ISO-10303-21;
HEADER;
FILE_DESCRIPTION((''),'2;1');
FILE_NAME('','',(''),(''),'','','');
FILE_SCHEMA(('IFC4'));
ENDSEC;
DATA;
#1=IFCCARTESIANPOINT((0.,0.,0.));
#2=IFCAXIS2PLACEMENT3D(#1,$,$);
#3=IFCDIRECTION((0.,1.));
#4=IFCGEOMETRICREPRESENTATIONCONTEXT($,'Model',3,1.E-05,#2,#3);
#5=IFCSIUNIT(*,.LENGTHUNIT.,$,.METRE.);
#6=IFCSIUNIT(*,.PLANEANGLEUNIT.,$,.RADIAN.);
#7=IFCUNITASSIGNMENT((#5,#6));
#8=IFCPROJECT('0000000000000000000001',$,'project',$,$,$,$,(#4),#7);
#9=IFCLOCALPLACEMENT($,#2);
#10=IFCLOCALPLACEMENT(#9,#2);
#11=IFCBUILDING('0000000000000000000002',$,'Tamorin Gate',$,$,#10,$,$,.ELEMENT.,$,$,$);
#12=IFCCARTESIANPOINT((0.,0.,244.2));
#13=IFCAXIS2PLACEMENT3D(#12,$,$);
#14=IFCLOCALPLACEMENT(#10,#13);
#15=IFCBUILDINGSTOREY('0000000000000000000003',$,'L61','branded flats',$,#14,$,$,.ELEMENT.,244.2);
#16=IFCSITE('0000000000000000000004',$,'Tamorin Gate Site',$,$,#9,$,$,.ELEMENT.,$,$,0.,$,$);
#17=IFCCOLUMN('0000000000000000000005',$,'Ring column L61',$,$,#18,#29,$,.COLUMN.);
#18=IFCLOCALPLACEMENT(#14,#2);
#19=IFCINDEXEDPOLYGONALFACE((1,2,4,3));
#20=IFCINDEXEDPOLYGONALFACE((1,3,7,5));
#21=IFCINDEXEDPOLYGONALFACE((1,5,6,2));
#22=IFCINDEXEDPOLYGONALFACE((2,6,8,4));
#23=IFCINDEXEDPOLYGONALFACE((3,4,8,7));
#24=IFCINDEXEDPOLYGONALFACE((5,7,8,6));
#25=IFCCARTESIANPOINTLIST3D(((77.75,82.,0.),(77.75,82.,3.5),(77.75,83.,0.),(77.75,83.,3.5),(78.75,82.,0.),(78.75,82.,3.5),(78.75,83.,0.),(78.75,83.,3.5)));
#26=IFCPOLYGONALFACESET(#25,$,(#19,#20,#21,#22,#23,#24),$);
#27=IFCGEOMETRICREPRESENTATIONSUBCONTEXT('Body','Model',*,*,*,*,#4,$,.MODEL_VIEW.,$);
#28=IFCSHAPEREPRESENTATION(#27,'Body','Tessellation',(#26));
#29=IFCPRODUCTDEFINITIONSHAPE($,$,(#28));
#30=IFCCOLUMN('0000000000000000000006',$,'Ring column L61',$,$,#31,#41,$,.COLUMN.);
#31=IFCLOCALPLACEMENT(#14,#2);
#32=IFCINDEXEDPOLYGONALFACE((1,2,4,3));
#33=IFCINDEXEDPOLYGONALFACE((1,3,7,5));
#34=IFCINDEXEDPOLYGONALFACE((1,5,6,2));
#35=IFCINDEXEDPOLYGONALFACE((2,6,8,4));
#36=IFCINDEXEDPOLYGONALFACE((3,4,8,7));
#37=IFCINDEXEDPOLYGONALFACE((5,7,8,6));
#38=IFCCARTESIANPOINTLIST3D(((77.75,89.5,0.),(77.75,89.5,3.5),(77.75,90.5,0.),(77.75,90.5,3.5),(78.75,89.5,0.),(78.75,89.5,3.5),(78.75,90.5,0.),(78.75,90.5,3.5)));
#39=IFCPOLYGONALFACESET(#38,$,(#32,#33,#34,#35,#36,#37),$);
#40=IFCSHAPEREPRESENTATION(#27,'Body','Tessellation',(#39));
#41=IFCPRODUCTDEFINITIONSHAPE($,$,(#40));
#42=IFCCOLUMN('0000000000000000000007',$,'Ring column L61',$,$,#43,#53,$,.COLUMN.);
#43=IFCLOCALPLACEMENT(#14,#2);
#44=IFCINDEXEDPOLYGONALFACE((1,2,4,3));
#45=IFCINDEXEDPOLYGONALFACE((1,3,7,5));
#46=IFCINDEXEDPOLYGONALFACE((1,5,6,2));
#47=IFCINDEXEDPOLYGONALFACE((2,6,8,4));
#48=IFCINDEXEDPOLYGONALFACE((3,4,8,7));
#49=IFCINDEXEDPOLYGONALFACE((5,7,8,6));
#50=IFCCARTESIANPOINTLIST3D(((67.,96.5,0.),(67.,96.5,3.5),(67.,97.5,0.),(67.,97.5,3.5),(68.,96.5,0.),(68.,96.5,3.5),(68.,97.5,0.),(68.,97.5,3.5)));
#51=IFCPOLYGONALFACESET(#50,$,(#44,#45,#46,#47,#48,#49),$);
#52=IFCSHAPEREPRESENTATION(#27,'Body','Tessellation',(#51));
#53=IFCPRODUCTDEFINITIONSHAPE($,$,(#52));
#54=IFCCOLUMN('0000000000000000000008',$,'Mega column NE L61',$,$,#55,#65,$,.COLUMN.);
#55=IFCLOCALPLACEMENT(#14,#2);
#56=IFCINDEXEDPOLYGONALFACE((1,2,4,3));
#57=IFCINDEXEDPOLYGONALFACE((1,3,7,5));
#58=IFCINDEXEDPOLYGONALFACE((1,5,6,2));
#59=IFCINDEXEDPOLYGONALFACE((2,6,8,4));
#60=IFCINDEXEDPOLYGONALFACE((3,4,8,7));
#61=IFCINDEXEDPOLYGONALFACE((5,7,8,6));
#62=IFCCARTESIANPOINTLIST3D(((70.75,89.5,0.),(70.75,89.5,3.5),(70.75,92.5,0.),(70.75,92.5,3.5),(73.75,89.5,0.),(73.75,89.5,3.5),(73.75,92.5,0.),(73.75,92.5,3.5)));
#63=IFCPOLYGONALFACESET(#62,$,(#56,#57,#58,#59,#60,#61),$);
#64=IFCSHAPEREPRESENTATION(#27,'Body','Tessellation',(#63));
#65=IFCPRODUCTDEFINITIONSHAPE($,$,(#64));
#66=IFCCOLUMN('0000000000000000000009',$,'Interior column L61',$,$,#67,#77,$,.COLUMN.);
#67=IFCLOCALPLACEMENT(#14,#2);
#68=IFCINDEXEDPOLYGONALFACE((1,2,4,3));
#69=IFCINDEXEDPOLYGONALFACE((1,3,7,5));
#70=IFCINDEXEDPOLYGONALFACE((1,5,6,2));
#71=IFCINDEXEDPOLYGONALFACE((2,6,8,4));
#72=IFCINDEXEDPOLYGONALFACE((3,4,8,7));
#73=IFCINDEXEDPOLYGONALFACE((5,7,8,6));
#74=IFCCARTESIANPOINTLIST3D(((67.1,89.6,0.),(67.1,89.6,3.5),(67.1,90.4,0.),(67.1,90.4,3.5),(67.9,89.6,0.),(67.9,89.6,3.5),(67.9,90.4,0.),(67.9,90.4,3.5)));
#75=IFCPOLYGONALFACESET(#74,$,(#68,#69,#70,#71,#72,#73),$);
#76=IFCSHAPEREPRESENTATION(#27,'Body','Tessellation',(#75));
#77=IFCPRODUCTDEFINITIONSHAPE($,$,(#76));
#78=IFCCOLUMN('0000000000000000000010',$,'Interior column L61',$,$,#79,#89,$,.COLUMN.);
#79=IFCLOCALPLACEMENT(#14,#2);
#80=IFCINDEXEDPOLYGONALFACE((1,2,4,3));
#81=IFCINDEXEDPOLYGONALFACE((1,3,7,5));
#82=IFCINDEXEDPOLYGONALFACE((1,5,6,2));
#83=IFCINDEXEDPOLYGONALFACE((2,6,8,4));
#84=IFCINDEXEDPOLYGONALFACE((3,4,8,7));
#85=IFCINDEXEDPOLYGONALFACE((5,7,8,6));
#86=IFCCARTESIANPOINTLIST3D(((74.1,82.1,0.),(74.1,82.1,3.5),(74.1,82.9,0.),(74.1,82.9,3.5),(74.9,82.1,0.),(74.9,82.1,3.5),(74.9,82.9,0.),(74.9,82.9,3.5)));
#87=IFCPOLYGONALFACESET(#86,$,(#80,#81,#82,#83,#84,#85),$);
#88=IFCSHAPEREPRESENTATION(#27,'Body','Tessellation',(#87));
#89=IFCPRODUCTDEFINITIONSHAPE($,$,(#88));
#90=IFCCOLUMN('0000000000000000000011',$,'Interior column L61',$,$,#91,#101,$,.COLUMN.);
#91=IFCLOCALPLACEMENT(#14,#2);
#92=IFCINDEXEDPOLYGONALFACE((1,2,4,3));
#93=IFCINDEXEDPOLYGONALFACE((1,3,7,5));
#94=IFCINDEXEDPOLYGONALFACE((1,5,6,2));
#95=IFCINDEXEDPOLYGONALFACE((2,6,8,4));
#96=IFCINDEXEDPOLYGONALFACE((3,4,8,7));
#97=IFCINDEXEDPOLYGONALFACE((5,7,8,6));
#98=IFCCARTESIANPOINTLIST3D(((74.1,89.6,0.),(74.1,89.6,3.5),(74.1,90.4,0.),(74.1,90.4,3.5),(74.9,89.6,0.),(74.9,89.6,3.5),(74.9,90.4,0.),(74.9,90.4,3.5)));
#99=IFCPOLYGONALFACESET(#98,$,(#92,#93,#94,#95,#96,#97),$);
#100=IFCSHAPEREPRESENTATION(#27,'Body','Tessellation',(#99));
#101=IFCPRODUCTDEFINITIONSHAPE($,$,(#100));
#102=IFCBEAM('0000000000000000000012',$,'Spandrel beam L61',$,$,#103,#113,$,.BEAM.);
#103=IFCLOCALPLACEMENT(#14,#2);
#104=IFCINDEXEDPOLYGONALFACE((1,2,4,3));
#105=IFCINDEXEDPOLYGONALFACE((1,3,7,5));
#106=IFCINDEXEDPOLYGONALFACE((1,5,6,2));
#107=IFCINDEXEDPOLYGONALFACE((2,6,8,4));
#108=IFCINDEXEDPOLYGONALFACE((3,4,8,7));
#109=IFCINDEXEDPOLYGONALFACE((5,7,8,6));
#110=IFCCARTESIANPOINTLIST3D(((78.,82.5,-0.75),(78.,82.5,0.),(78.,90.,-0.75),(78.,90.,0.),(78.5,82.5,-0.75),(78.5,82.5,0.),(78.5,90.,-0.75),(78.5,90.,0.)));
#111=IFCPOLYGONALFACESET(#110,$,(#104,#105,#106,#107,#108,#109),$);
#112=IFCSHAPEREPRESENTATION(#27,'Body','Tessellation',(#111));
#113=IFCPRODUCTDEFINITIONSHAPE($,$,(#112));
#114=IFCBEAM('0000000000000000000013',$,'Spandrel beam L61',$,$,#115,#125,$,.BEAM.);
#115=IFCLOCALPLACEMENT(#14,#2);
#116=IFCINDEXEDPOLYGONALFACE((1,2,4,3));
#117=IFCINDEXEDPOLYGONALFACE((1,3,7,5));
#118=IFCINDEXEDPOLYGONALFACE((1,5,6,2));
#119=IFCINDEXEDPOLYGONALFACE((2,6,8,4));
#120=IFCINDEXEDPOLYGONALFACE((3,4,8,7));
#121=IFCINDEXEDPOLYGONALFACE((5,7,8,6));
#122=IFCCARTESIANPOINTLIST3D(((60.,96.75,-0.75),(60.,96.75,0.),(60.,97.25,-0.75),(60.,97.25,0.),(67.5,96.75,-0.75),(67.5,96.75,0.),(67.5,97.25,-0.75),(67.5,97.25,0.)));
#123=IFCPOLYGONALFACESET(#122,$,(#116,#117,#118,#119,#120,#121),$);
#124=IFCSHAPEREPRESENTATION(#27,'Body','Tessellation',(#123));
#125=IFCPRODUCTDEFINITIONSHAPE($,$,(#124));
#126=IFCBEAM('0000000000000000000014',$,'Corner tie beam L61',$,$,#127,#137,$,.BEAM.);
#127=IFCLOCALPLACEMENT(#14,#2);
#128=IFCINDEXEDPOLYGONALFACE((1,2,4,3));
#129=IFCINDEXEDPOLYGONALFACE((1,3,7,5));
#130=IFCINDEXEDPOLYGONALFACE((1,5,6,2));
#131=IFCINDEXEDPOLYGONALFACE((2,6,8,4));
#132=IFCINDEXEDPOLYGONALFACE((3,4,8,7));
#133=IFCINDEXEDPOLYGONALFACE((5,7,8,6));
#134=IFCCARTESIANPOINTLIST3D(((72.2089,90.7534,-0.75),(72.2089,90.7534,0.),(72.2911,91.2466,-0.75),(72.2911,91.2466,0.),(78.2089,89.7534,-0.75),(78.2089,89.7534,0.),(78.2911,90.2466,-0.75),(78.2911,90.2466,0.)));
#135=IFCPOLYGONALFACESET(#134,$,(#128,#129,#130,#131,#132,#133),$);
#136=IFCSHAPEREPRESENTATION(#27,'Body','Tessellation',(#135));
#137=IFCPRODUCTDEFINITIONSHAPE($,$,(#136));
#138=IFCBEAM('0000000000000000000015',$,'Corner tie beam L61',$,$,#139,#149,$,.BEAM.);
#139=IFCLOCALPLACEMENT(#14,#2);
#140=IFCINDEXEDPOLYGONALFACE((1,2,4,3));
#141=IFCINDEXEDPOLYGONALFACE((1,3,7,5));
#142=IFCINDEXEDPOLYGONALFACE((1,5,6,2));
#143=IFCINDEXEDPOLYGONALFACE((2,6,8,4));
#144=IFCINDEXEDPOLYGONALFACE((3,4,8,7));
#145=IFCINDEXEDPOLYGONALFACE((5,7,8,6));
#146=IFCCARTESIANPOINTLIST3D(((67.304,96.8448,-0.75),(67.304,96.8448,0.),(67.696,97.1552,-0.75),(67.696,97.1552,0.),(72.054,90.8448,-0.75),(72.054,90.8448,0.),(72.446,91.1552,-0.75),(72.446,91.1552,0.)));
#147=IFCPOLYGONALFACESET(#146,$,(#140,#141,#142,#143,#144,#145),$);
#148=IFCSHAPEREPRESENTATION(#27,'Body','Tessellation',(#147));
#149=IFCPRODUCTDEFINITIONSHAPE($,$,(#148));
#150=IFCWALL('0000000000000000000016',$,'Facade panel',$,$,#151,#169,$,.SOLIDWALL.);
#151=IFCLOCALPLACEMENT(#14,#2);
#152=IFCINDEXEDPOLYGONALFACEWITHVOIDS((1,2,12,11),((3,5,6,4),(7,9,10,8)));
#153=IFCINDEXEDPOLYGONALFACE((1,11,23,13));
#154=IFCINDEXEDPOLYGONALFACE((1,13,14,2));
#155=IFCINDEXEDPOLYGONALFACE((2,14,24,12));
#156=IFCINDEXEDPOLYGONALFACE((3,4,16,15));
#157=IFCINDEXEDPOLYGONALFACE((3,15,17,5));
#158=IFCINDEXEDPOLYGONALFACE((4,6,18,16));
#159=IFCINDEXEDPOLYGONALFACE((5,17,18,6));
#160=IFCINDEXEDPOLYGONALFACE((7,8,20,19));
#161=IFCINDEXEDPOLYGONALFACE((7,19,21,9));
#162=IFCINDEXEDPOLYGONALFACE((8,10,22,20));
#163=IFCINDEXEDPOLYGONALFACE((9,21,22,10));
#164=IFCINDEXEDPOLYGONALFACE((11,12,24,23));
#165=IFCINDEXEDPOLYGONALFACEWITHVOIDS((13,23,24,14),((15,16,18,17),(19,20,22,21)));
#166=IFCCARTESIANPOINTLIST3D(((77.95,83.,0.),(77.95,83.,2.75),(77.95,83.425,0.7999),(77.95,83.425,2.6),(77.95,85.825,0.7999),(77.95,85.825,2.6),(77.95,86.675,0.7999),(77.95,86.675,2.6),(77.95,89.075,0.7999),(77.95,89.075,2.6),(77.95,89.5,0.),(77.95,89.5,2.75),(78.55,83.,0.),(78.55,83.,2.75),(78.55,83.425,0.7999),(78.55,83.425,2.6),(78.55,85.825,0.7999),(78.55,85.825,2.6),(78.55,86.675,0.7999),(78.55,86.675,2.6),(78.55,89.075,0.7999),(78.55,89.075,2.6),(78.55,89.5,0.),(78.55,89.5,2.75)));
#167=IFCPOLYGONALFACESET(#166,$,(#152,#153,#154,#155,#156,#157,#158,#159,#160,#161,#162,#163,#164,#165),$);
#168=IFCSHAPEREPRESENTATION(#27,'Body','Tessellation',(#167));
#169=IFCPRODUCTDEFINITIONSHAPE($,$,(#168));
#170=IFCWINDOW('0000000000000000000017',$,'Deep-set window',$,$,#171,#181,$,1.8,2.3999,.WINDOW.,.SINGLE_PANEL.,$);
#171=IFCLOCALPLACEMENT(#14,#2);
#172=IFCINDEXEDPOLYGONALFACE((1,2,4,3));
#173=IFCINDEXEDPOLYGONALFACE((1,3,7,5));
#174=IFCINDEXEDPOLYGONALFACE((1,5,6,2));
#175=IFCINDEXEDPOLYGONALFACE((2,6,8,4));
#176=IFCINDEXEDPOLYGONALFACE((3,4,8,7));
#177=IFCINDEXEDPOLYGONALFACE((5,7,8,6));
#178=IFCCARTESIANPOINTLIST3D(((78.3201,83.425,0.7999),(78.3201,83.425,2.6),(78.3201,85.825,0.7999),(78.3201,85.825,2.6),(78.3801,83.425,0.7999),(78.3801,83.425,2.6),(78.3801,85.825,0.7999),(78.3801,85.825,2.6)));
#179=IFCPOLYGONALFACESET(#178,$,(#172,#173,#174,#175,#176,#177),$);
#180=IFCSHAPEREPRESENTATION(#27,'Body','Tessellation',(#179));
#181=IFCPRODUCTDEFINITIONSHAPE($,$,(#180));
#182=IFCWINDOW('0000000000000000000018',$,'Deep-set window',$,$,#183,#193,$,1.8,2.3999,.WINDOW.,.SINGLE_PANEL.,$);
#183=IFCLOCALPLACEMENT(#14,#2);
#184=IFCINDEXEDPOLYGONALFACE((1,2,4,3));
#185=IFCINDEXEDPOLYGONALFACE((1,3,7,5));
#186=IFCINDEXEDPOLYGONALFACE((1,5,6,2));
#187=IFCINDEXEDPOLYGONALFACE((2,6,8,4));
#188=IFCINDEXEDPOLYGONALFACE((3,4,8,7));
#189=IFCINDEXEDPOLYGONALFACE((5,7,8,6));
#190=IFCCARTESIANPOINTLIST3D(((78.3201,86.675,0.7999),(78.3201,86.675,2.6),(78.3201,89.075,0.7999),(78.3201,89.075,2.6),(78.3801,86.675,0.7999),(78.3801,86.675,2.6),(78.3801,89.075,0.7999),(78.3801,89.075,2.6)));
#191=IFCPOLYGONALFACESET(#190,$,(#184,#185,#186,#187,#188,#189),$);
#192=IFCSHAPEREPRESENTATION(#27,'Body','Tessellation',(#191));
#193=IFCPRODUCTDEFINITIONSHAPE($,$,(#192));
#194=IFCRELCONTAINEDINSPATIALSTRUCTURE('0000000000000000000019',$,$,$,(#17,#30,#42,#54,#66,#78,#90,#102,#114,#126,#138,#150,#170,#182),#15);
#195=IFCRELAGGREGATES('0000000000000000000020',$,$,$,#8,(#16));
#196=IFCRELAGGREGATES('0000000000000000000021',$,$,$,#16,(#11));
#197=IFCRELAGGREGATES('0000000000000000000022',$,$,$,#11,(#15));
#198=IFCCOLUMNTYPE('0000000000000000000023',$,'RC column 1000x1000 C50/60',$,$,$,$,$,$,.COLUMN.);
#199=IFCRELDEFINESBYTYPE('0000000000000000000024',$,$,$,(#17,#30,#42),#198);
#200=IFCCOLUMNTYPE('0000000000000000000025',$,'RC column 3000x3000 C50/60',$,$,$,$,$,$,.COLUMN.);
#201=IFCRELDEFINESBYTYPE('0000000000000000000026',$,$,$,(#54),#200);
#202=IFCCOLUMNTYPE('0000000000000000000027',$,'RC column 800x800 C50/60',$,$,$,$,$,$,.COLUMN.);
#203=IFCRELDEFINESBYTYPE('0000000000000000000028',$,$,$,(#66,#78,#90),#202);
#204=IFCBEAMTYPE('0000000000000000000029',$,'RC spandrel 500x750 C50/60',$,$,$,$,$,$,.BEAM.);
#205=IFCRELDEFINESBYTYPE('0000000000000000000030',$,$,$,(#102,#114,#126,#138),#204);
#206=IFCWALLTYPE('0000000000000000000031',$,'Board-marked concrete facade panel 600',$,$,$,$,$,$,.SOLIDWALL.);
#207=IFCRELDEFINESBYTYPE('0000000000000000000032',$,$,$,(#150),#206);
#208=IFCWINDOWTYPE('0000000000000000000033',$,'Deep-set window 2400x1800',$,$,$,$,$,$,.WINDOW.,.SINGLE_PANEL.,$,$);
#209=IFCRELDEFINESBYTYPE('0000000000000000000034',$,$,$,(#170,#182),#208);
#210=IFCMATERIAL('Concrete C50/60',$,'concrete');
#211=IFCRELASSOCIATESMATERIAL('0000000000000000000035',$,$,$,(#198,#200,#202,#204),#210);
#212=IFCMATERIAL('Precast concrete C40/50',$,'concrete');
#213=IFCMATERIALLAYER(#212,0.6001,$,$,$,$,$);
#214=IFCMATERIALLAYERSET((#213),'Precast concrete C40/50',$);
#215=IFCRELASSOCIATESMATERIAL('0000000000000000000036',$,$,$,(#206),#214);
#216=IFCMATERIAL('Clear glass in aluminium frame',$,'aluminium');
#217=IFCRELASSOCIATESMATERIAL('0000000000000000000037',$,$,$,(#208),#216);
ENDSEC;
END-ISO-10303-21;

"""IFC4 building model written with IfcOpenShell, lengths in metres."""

from ifc_helpers import new_model, si_unit, direction, frame, frame_2d, origin, origin_2d, place, context, subcontext, project, spatial, rectangle, extrude, material, layer, layer_set, material_profile, profile_set, type_object, element, fill, save


model = new_model("IFC4")

# Units and contexts
model_context = context("Model", 3, precision=1e-05, world=origin(), true_north=direction((0.0, 1.0)))
body_context = subcontext(model_context, "Body", "Model", "MODEL_VIEW")
ifc_project = project(units=[si_unit("LENGTHUNIT", "METRE"), si_unit("PLANEANGLEUNIT", "RADIAN")], contexts=[model_context])

# Site, building, storey
site_placement = place(None, origin())
site = spatial("IfcSite", under=ifc_project, at=site_placement, Name="Tamorin Gate Site", CompositionType="ELEMENT", RefElevation=0.0)
building_placement = place(site_placement, origin())
building = spatial("IfcBuilding", under=site, at=building_placement, Name="Tamorin Gate", CompositionType="ELEMENT")
storey_placement = place(building_placement, frame((0.0, 0.0, 244.2)))
storey = spatial("IfcBuildingStorey", under=building, at=storey_placement, Name="L61", Description="branded flats", CompositionType="ELEMENT", Elevation=244.2)

# Columns
ifc_material_1 = material(Name="Concrete C50/60", Category="concrete")
ifc_material_profile_1 = material_profile(ifc_material_1, rectangle(XDim=1.0, YDim=1.0, at=origin_2d()), Name="RC 1000x1000")
ifc_profile_set_1 = profile_set([ifc_material_profile_1], Name="Concrete C50/60")
column_type_1 = type_object("IfcColumnType", Name="RC column 1000x1000 C50/60", PredefinedType="COLUMN", material=ifc_profile_set_1)
for number, where, z_axis, x_axis, name in (
    (1, (78.25, 82.5, 0.0), (0.0, 0.0, 1.0), (1.0, 0.0, 0.0), "Ring column L61"),
    (2, (78.25, 90.0, 0.0), (0.0, 0.0, 1.0), (1.0, 0.0, 0.0), "Ring column L61"),
    (3, (67.5, 97.0, 0.0), (0.0, 0.0, 1.0), (1.0, 0.0, 0.0), "Ring column L61"),
):
    element("IfcColumn", number, at=place(storey_placement, frame(where, z_axis=z_axis, x_axis=x_axis)), inside=storey, type_object=column_type_1, Name=name, PredefinedType="COLUMN", context=body_context, shape_type="SweptSolid", body=[
        extrude(rectangle(XDim=1.0, YDim=1.0, at=origin_2d()), origin(), (0.0, 0.0, 1.0), 3.5),
    ])
ifc_material_profile_2 = material_profile(ifc_material_1, rectangle(XDim=3.0, YDim=3.0, at=origin_2d()), Name="RC 3000x3000")
ifc_profile_set_2 = profile_set([ifc_material_profile_2], Name="Concrete C50/60")
column_type_2 = type_object("IfcColumnType", Name="RC column 3000x3000 C50/60", PredefinedType="COLUMN", material=ifc_profile_set_2)
column_placement = place(storey_placement, frame((72.25, 91.0, 0.0), z_axis=(0.0, 0.0, 1.0), x_axis=(1.0, 0.0, 0.0)))
element("IfcColumn", 4, at=column_placement, inside=storey, type_object=column_type_2, Name="Mega column NE L61", PredefinedType="COLUMN", context=body_context, shape_type="SweptSolid", body=[
    extrude(rectangle(XDim=3.0, YDim=3.0, at=origin_2d()), origin(), (0.0, 0.0, 1.0), 3.5),
])
ifc_material_profile_3 = material_profile(ifc_material_1, rectangle(XDim=0.8, YDim=0.8, at=origin_2d()), Name="RC 800x800")
ifc_profile_set_3 = profile_set([ifc_material_profile_3], Name="Concrete C50/60")
column_type_3 = type_object("IfcColumnType", Name="RC column 800x800 C50/60", PredefinedType="COLUMN", material=ifc_profile_set_3)
for number, where, z_axis, x_axis, name in (
    (5, (67.5, 90.0, 0.0), (0.0, 0.0, 1.0), (1.0, 0.0, 0.0), "Interior column L61"),
    (6, (74.5, 82.5, 0.0), (0.0, 0.0, 1.0), (1.0, 0.0, 0.0), "Interior column L61"),
    (7, (74.5, 90.0, 0.0), (0.0, 0.0, 1.0), (1.0, 0.0, 0.0), "Interior column L61"),
):
    element("IfcColumn", number, at=place(storey_placement, frame(where, z_axis=z_axis, x_axis=x_axis)), inside=storey, type_object=column_type_3, Name=name, PredefinedType="COLUMN", context=body_context, shape_type="SweptSolid", body=[
        extrude(rectangle(XDim=0.8, YDim=0.8, at=origin_2d()), origin(), (0.0, 0.0, 1.0), 3.5),
    ])

# Beams
ifc_material_profile_4 = material_profile(ifc_material_1, rectangle(XDim=0.5, YDim=0.75, at=origin_2d()), Name="RC 500x750")
ifc_profile_set_4 = profile_set([ifc_material_profile_4], Name="Concrete C50/60")
beam_type = type_object("IfcBeamType", Name="RC spandrel 500x750 C50/60", PredefinedType="BEAM", material=ifc_profile_set_4)
for number, where, z_axis, x_axis, name in (
    (8, (78.25, 82.5, -0.375), (0.0, 1.0, 0.0), (-1.0, 0.0, 0.0), "Spandrel beam L61"),
    (9, (67.5, 97.0, -0.375), (-1.0, 0.0, 0.0), (0.0, -1.0, 0.0), "Spandrel beam L61"),
):
    element("IfcBeam", number, at=place(storey_placement, frame(where, z_axis=z_axis, x_axis=x_axis)), inside=storey, type_object=beam_type, Name=name, PredefinedType="BEAM", context=body_context, shape_type="SweptSolid", body=[
        extrude(rectangle(XDim=0.5, YDim=0.75, at=origin_2d()), origin(), (0.0, 0.0, 1.0), 7.5),
    ])
beam_1_placement = place(storey_placement, frame((72.25, 91.0, -0.375), z_axis=(0.986394, -0.164399, 0.0), x_axis=(0.164399, 0.986394, 0.0)))
element("IfcBeam", 10, at=beam_1_placement, inside=storey, type_object=beam_type, Name="Corner tie beam L61", PredefinedType="BEAM", context=body_context, shape_type="SweptSolid", body=[
    extrude(rectangle(XDim=0.5, YDim=0.75, at=origin_2d()), origin(), (0.0, 0.0, 1.0), 6.0828),
])
beam_2_placement = place(storey_placement, frame((72.25, 91.0, -0.375), z_axis=(-0.620703, 0.784046, 0.0), x_axis=(-0.784046, -0.620703, 0.0)))
element("IfcBeam", 11, at=beam_2_placement, inside=storey, type_object=beam_type, Name="Corner tie beam L61", PredefinedType="BEAM", context=body_context, shape_type="SweptSolid", body=[
    extrude(rectangle(XDim=0.5, YDim=0.75, at=origin_2d()), origin(), (0.0, 0.0, 1.0), 7.6526),
])

# Wall, openings, windows
ifc_material_2 = material(Name="Precast concrete C40/50", Category="concrete")
ifc_layer = layer(ifc_material_2, 0.6001)
ifc_layer_set = layer_set([ifc_layer], Name="Precast concrete C40/50")
wall_type = type_object("IfcWallType", Name="Board-marked concrete facade panel 600", PredefinedType="SOLIDWALL", material=ifc_layer_set)
wall_1_placement = place(storey_placement, frame((78.25, 83.0, 0.0), z_axis=(0.0, 0.0, 1.0), x_axis=(0.0, 1.0, 0.0)))
wall_1 = element("IfcWall", 12, at=wall_1_placement, inside=storey, type_object=wall_type, Name="Facade panel", PredefinedType="SOLIDWALL", context=body_context, shape_type="SweptSolid", body=[
    extrude(rectangle(XDim=6.5, YDim=0.6001, at=frame_2d((3.25, 0.0))), origin(), (0.0, 0.0, 1.0), 2.75),
])
opening_1_placement = place(wall_1_placement, frame((0.425, 0.0, 0.8)))
opening_1 = element("IfcOpeningElement", 13, at=opening_1_placement, cuts=wall_1, PredefinedType="OPENING", context=body_context, shape_type="SweptSolid", body=[
    extrude(rectangle(XDim=2.3999, YDim=1.8, at=frame_2d((1.2, 0.8999))), frame((0.0, 0.3101, 0.0), z_axis=(0.0, -1.0, 0.0), x_axis=(1.0, 0.0, 0.0)), (0.0, 0.0, 1.0), 0.6201),
])
opening_2_placement = place(wall_1_placement, frame((3.675, 0.0, 0.8)))
opening_2 = element("IfcOpeningElement", 14, at=opening_2_placement, cuts=wall_1, PredefinedType="OPENING", context=body_context, shape_type="SweptSolid", body=[
    extrude(rectangle(XDim=2.3999, YDim=1.8, at=frame_2d((1.2, 0.8999))), frame((0.0, 0.3101, 0.0), z_axis=(0.0, -1.0, 0.0), x_axis=(1.0, 0.0, 0.0)), (0.0, 0.0, 1.0), 0.6201),
])
ifc_material_3 = material(Name="Clear glass in aluminium frame", Category="aluminium")
window_type = type_object("IfcWindowType", Name="Deep-set window 2400x1800", PartitioningType="SINGLE_PANEL", PredefinedType="WINDOW", material=ifc_material_3)
window_1_placement = place(opening_1_placement, origin())
window_1 = element("IfcWindow", 15, at=window_1_placement, inside=storey, type_object=window_type, Name="Deep-set window", OverallHeight=1.8, OverallWidth=2.3999, PartitioningType="SINGLE_PANEL", PredefinedType="WINDOW", context=body_context, shape_type="SweptSolid", body=[
    extrude(rectangle(XDim=2.3999, YDim=1.8, at=frame_2d((1.2, 0.8999))), frame((0.0, -0.0701, 0.0), z_axis=(0.0, -1.0, 0.0), x_axis=(1.0, 0.0, 0.0)), (0.0, 0.0, 1.0), 0.0601),
])
fill(opening_1, window_1)
window_2_placement = place(opening_2_placement, origin())
window_2 = element("IfcWindow", 16, at=window_2_placement, inside=storey, type_object=window_type, Name="Deep-set window", OverallHeight=1.8, OverallWidth=2.3999, PartitioningType="SINGLE_PANEL", PredefinedType="WINDOW", context=body_context, shape_type="SweptSolid", body=[
    extrude(rectangle(XDim=2.3999, YDim=1.8, at=frame_2d((1.2, 0.8999))), frame((0.0, -0.0701, 0.0), z_axis=(0.0, -1.0, 0.0), x_axis=(1.0, 0.0, 0.0)), (0.0, 0.0, 1.0), 0.0601),
])
fill(opening_2, window_2)

save(model, "model.ifc")
